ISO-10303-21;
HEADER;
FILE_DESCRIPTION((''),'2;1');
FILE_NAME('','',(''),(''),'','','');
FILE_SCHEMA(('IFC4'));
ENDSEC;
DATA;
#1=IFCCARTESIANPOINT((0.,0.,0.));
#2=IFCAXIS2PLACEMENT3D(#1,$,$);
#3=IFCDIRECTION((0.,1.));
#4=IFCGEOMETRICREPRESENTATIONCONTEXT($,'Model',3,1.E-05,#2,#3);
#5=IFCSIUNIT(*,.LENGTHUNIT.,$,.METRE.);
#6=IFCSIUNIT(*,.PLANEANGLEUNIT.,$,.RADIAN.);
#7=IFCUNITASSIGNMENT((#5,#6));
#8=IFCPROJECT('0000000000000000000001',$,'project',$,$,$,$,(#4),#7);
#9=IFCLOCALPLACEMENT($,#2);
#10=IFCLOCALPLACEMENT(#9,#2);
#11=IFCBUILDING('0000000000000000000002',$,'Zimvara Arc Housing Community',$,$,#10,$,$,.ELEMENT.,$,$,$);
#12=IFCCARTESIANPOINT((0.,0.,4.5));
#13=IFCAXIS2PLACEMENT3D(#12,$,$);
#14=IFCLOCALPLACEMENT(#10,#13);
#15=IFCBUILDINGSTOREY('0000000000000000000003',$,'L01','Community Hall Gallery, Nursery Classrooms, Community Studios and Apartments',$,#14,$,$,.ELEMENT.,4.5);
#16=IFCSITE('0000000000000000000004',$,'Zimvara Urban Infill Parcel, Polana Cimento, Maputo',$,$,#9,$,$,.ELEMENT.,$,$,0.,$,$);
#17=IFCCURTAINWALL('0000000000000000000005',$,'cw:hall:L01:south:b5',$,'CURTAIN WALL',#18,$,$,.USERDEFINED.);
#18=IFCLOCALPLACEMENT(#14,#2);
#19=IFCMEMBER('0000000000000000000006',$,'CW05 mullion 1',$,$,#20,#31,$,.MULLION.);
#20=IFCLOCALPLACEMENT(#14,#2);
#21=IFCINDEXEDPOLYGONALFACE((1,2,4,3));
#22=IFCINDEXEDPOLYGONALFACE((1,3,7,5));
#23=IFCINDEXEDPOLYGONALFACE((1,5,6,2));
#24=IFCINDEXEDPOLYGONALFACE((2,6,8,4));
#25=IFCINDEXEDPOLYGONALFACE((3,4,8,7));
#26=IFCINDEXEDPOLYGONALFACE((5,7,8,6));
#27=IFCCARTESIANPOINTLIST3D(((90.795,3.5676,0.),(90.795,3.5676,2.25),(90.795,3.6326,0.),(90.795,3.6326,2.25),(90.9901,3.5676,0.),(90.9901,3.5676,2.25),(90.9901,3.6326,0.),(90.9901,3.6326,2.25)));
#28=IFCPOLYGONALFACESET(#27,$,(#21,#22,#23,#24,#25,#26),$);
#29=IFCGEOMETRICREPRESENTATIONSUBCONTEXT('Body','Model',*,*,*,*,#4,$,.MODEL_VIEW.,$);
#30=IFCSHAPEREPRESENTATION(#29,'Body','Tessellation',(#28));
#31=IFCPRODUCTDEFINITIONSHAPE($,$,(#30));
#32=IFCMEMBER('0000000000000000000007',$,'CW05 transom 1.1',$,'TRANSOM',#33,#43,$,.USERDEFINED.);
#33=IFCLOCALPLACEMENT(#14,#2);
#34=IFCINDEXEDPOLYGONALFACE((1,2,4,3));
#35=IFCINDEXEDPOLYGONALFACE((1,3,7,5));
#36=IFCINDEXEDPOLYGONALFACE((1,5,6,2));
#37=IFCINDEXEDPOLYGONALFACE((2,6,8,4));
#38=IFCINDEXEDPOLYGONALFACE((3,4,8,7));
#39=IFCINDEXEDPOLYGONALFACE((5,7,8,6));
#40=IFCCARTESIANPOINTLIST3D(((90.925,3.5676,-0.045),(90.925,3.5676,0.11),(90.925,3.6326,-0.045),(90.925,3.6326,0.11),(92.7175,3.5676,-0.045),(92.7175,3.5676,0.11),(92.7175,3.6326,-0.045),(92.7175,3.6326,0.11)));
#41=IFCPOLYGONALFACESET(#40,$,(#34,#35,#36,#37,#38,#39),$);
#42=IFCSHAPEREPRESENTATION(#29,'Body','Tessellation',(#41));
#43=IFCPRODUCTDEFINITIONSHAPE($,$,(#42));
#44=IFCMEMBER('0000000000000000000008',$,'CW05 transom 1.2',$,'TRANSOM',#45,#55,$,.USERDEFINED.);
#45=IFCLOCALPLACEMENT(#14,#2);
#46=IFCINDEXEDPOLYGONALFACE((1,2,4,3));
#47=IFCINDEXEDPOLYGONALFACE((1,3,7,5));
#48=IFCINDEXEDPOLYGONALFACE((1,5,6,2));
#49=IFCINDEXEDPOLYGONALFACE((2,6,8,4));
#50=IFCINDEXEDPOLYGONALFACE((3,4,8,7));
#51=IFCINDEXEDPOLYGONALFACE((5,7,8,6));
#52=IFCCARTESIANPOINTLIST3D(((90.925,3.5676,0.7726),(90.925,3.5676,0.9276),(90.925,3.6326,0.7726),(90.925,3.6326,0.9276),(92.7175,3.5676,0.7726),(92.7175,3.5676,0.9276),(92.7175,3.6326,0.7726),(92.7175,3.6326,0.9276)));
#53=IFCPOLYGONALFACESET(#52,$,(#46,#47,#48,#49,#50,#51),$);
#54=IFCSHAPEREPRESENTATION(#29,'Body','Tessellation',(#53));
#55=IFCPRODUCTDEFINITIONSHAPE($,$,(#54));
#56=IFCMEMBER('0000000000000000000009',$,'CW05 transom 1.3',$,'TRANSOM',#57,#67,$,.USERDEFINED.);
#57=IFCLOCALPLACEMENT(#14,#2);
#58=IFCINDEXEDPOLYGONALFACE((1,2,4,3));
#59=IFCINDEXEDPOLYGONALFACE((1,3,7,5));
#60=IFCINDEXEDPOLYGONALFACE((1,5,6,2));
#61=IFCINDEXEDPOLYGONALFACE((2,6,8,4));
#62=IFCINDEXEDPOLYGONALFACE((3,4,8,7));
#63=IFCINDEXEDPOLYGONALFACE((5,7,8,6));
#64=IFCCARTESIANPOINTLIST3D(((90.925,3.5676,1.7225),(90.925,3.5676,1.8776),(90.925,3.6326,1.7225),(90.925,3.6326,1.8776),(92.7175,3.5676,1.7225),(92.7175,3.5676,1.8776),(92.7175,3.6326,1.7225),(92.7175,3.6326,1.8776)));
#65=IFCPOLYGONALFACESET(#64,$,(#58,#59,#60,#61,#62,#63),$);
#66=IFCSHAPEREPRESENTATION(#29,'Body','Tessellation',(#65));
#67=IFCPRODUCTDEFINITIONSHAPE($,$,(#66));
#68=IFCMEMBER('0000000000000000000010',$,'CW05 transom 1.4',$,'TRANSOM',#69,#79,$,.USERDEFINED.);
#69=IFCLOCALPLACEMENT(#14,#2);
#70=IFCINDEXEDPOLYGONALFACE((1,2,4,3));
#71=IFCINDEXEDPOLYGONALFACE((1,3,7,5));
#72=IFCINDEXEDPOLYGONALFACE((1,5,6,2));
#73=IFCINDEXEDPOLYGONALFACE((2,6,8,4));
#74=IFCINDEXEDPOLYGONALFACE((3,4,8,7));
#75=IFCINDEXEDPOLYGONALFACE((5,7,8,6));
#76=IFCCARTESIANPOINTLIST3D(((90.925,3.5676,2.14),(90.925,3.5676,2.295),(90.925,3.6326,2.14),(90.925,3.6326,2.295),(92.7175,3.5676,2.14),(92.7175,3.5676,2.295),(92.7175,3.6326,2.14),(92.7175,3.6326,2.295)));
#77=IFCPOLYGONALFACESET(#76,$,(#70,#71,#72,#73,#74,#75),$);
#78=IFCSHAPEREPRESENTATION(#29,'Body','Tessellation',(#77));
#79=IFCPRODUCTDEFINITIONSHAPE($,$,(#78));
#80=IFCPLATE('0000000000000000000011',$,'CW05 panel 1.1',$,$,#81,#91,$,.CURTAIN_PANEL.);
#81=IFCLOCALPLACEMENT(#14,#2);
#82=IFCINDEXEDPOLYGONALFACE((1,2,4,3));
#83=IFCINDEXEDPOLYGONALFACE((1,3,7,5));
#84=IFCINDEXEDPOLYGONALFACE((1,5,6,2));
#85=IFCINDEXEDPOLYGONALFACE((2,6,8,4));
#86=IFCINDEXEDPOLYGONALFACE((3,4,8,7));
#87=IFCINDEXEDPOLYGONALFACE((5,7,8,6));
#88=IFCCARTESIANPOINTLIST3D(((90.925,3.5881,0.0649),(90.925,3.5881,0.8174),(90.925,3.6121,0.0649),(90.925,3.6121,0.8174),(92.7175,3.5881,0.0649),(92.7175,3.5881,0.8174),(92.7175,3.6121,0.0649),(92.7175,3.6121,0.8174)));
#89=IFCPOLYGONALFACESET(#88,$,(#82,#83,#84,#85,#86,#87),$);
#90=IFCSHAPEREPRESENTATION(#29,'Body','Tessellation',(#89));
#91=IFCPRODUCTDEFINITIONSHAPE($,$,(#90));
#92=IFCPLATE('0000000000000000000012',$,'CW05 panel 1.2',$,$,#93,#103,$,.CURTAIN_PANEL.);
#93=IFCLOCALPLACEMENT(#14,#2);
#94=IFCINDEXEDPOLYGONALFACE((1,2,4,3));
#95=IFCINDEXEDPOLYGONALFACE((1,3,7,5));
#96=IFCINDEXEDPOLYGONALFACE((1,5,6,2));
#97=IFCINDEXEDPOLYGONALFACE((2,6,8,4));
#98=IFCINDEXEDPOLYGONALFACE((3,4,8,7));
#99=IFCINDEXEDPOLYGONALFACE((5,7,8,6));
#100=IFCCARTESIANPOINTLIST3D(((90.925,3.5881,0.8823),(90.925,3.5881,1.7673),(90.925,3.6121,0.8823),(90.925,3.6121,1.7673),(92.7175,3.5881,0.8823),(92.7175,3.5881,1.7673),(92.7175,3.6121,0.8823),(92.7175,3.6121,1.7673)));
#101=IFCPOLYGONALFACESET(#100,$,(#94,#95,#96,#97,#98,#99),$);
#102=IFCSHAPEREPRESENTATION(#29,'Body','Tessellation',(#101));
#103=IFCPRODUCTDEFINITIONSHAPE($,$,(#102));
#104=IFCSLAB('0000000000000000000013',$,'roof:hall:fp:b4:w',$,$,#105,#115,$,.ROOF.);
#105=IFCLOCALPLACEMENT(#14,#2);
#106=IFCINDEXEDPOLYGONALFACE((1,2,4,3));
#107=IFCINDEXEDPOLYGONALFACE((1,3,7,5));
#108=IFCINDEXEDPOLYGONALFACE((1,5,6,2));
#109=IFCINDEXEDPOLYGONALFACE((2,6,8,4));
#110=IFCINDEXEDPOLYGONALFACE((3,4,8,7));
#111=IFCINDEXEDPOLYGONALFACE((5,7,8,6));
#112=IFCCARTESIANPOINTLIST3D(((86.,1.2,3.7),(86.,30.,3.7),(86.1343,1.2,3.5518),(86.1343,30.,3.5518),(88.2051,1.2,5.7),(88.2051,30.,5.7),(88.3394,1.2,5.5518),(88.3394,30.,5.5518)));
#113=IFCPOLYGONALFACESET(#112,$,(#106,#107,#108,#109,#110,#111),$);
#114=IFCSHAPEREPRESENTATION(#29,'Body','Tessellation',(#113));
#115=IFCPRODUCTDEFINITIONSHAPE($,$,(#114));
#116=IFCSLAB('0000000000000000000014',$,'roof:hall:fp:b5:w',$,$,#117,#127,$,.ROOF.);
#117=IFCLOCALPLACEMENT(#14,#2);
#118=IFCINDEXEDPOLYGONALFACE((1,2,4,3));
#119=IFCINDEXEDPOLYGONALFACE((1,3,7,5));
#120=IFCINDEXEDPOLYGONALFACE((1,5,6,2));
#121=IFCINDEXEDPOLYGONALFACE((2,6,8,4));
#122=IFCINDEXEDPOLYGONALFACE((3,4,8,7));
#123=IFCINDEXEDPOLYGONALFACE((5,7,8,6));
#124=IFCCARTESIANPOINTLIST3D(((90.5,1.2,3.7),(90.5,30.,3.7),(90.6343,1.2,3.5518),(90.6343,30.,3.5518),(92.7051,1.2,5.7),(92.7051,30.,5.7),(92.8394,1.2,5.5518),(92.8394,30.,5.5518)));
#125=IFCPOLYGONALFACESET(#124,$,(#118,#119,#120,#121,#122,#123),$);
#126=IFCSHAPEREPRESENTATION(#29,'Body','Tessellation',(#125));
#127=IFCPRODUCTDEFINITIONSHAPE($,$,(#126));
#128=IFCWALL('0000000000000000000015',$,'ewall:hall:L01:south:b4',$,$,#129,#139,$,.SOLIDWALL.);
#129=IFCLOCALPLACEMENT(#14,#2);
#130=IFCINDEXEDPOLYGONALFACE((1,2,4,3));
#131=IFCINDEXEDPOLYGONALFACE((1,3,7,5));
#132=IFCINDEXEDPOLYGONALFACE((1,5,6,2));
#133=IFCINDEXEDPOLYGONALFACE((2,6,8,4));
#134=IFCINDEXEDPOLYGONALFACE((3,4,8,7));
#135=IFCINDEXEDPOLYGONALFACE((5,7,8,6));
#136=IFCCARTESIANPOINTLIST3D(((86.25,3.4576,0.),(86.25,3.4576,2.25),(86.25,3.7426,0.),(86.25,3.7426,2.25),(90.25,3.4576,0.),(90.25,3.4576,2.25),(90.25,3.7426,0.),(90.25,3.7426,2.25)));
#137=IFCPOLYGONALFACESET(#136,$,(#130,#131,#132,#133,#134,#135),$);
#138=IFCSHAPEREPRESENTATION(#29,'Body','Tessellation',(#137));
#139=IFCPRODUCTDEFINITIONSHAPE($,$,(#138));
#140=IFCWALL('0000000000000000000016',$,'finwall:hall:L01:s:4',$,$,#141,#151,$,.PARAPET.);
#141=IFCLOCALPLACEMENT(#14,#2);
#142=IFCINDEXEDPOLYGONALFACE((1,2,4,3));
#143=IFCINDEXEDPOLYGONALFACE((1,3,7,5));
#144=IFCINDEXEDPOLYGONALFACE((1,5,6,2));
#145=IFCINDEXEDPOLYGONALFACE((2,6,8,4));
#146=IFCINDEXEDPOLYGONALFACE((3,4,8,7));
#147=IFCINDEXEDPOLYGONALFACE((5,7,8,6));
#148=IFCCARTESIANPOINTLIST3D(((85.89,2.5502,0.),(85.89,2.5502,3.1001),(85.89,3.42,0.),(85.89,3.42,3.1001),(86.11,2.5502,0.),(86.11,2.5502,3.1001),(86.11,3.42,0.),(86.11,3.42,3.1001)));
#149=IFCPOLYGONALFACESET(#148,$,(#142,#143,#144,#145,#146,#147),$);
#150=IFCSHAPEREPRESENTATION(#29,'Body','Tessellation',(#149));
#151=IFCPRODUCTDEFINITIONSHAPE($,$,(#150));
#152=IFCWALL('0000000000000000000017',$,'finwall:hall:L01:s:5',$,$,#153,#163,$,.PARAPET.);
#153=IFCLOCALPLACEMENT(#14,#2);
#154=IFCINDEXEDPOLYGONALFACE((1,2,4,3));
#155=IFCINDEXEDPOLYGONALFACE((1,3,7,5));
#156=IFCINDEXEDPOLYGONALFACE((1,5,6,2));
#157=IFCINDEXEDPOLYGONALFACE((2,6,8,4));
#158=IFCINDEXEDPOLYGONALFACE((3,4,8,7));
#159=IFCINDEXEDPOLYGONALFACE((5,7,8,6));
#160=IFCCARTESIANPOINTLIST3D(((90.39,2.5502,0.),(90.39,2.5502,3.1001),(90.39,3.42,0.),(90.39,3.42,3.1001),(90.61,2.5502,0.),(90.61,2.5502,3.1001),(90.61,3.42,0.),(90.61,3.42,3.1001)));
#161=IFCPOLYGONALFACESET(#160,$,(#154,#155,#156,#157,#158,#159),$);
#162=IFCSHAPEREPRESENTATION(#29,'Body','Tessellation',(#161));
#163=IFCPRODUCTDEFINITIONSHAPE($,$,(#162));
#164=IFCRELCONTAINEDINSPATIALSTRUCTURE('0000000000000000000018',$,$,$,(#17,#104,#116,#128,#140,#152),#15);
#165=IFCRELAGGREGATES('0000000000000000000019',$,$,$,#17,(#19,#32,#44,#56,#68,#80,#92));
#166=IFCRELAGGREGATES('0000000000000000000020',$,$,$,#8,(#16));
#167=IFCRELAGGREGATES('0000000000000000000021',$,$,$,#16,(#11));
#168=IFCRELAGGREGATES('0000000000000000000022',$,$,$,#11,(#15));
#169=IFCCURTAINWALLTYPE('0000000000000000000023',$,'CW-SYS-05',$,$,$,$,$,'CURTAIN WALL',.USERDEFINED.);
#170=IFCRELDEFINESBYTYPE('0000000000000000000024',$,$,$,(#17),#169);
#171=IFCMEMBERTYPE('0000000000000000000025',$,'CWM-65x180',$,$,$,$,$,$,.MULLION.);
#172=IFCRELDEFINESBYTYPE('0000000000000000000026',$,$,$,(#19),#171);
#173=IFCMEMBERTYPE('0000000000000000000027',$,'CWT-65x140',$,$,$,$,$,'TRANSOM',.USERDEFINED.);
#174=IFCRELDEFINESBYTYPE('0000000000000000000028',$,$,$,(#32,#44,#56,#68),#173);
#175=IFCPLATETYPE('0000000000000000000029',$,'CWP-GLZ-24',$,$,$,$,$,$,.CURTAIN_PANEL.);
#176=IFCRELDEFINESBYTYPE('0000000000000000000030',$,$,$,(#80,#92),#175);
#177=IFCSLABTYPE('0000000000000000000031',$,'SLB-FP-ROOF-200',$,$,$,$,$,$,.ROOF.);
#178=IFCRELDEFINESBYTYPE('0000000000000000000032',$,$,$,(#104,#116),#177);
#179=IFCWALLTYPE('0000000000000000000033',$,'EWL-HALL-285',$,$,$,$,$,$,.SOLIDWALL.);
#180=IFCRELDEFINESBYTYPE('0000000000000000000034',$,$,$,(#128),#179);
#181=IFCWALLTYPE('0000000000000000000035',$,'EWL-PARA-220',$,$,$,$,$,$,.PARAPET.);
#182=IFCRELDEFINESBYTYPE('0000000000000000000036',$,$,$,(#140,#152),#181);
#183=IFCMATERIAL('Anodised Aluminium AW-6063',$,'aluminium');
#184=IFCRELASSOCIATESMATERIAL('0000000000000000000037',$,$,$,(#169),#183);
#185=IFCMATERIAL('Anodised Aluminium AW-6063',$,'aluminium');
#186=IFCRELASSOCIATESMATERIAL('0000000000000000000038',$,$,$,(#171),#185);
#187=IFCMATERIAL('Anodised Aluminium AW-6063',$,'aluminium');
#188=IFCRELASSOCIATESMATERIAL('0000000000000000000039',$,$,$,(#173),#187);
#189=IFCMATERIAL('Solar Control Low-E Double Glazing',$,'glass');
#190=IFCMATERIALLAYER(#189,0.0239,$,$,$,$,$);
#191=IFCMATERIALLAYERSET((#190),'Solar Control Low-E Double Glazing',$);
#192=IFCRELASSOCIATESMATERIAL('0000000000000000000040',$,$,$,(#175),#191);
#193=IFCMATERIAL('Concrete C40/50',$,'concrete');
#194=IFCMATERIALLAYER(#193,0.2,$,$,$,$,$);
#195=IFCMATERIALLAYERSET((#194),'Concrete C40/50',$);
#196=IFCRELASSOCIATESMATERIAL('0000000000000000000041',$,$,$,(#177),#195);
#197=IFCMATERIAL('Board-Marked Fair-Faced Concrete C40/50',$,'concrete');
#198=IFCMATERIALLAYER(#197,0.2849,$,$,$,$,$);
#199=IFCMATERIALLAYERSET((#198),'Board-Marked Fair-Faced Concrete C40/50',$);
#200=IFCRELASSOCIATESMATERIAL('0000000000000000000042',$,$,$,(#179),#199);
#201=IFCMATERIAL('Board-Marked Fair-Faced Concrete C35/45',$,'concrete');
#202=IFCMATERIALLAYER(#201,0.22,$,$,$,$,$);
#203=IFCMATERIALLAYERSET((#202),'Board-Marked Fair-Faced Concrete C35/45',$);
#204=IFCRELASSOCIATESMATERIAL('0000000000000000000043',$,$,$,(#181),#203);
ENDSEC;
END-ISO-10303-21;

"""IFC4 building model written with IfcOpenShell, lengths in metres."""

from ifc_helpers import new_model, si_unit, direction, frame, frame_2d, origin, origin_2d, place, context, subcontext, project, spatial, polyline, rectangle, outline, extrude, material, layer, layer_set, material_profile, profile_set, type_object, element, aggregate, save


model = new_model("IFC4")

# Units and contexts
model_context = context("Model", 3, precision=1e-05, world=origin(), true_north=direction((0.0, 1.0)))
body_context = subcontext(model_context, "Body", "Model", "MODEL_VIEW")
ifc_project = project(units=[si_unit("LENGTHUNIT", "METRE"), si_unit("PLANEANGLEUNIT", "RADIAN")], contexts=[model_context])

# Site, building, storey
site_placement = place(None, origin())
site = spatial("IfcSite", under=ifc_project, at=site_placement, Name="Zimvara Urban Infill Parcel, Polana Cimento, Maputo", CompositionType="ELEMENT", RefElevation=0.0)
building_placement = place(site_placement, origin())
building = spatial("IfcBuilding", under=site, at=building_placement, Name="Zimvara Arc Housing Community", CompositionType="ELEMENT")
storey_placement = place(building_placement, frame((0.0, 0.0, 4.5)))
storey = spatial("IfcBuildingStorey", under=building, at=storey_placement, Name="L01", Description="Community Hall Gallery, Nursery Classrooms, Community Studios and Apartments", CompositionType="ELEMENT", Elevation=4.5)

# Curtain wall, members, plates
ifc_material_1 = material(Name="Anodised Aluminium AW-6063", Category="aluminium")
curtain_wall_type_1 = type_object("IfcCurtainWallType", Name="CW-SYS-05", ElementType="CURTAIN WALL", PredefinedType="USERDEFINED", material=ifc_material_1)
curtain_wall_1_placement = place(storey_placement, origin())
curtain_wall_1 = element("IfcCurtainWall", 1, at=curtain_wall_1_placement, inside=storey, type_object=curtain_wall_type_1, Name="cw:hall:L01:south:b5", ObjectType="CURTAIN WALL", PredefinedType="USERDEFINED")
ifc_material_2 = material(Name="Anodised Aluminium AW-6063", Category="aluminium")
ifc_material_profile_1 = material_profile(ifc_material_2, rectangle(XDim=0.0649, YDim=0.1951, at=origin_2d()), Name="ALU 65x195")
ifc_profile_set_1 = profile_set([ifc_material_profile_1], Name="Anodised Aluminium AW-6063")
member_type_1 = type_object("IfcMemberType", Name="CWM-65x180", PredefinedType="MULLION", material=ifc_profile_set_1)
member_1_placement = place(storey_placement, frame((90.8926, 3.6001, 0.0), z_axis=(0.0, 0.0, 1.0), x_axis=(0.0, 1.0, 0.0)))
member_1 = element("IfcMember", 2, at=member_1_placement, type_object=member_type_1, Name="CW05 mullion 1", PredefinedType="MULLION", context=body_context, shape_type="SweptSolid", body=[
    extrude(rectangle(XDim=0.0649, YDim=0.1951, at=origin_2d()), origin(), (0.0, 0.0, 1.0), 2.25),
])
ifc_material_3 = material(Name="Anodised Aluminium AW-6063", Category="aluminium")
ifc_material_profile_2 = material_profile(ifc_material_3, rectangle(XDim=0.0649, YDim=0.155, at=origin_2d()), Name="ALU 65x155")
ifc_profile_set_2 = profile_set([ifc_material_profile_2], Name="Anodised Aluminium AW-6063")
member_type_2 = type_object("IfcMemberType", Name="CWT-65x140", ElementType="TRANSOM", PredefinedType="USERDEFINED", material=ifc_profile_set_2)
member_2_placement = place(storey_placement, frame((90.925, 3.6001, 0.0325), z_axis=(1.0, 0.0, 0.0), x_axis=(0.0, 1.0, 0.0)))
member_2 = element("IfcMember", 3, at=member_2_placement, type_object=member_type_2, Name="CW05 transom 1.1", ObjectType="TRANSOM", PredefinedType="USERDEFINED", context=body_context, shape_type="SweptSolid", body=[
    extrude(rectangle(XDim=0.0649, YDim=0.155, at=origin_2d()), origin(), (0.0, 0.0, 1.0), 1.7925),
])
member_3_placement = place(storey_placement, frame((90.925, 3.6001, 0.8501), z_axis=(1.0, 0.0, 0.0), x_axis=(0.0, 1.0, 0.0)))
member_3 = element("IfcMember", 4, at=member_3_placement, type_object=member_type_2, Name="CW05 transom 1.2", ObjectType="TRANSOM", PredefinedType="USERDEFINED", context=body_context, shape_type="SweptSolid", body=[
    extrude(rectangle(XDim=0.0649, YDim=0.155, at=origin_2d()), origin(), (0.0, 0.0, 1.0), 1.7925),
])
member_4_placement = place(storey_placement, frame((90.925, 3.6001, 1.8), z_axis=(1.0, 0.0, 0.0), x_axis=(0.0, 1.0, 0.0)))
member_4 = element("IfcMember", 5, at=member_4_placement, type_object=member_type_2, Name="CW05 transom 1.3", ObjectType="TRANSOM", PredefinedType="USERDEFINED", context=body_context, shape_type="SweptSolid", body=[
    extrude(rectangle(XDim=0.0649, YDim=0.155, at=origin_2d()), origin(), (0.0, 0.0, 1.0), 1.7925),
])
member_5_placement = place(storey_placement, frame((90.925, 3.6001, 2.2175), z_axis=(1.0, 0.0, 0.0), x_axis=(0.0, 1.0, 0.0)))
member_5 = element("IfcMember", 6, at=member_5_placement, type_object=member_type_2, Name="CW05 transom 1.4", ObjectType="TRANSOM", PredefinedType="USERDEFINED", context=body_context, shape_type="SweptSolid", body=[
    extrude(rectangle(XDim=0.0649, YDim=0.155, at=origin_2d()), origin(), (0.0, 0.0, 1.0), 1.7925),
])
ifc_material_4 = material(Name="Solar Control Low-E Double Glazing", Category="glass")
ifc_layer_1 = layer(ifc_material_4, 0.0239)
ifc_layer_set_1 = layer_set([ifc_layer_1], Name="Solar Control Low-E Double Glazing")
plate_type = type_object("IfcPlateType", Name="CWP-GLZ-24", PredefinedType="CURTAIN_PANEL", material=ifc_layer_set_1)
plate_1_placement = place(storey_placement, frame((91.8213, 3.6001, 0.0649), z_axis=(0.0, 0.0, 1.0), x_axis=(1.0, 0.0, 0.0)))
plate_1 = element("IfcPlate", 7, at=plate_1_placement, type_object=plate_type, Name="CW05 panel 1.1", PredefinedType="CURTAIN_PANEL", context=body_context, shape_type="SweptSolid", body=[
    extrude(rectangle(XDim=1.7925, YDim=0.0239, at=origin_2d()), origin(), (0.0, 0.0, 1.0), 0.7524),
])
plate_2_placement = place(storey_placement, frame((91.8213, 3.6001, 0.8823), z_axis=(0.0, 0.0, 1.0), x_axis=(1.0, 0.0, 0.0)))
plate_2 = element("IfcPlate", 8, at=plate_2_placement, type_object=plate_type, Name="CW05 panel 1.2", PredefinedType="CURTAIN_PANEL", context=body_context, shape_type="SweptSolid", body=[
    extrude(rectangle(XDim=1.7925, YDim=0.0239, at=origin_2d()), origin(), (0.0, 0.0, 1.0), 0.885),
])
aggregate(curtain_wall_1, [member_1, member_2, member_3, member_4, member_5, plate_1, plate_2])

# Slabs
ifc_material_5 = material(Name="Concrete C40/50", Category="concrete")
ifc_layer_2 = layer(ifc_material_5, 0.2)
ifc_layer_set_2 = layer_set([ifc_layer_2], Name="Concrete C40/50")
slab_type = type_object("IfcSlabType", Name="SLB-FP-ROOF-200", PredefinedType="ROOF", material=ifc_layer_set_2)
for number, where, z_axis, x_axis, name in (
    (9, (86.0, 1.2, 3.7), (-0.671823, 0.0, 0.740711), (0.740711, 0.0, 0.671823), "roof:hall:fp:b4:w"),
    (10, (90.5, 1.2, 3.7), (-0.671823, 0.0, 0.740711), (0.740711, 0.0, 0.671823), "roof:hall:fp:b5:w"),
):
    element("IfcSlab", number, at=place(storey_placement, frame(where, z_axis=z_axis, x_axis=x_axis)), inside=storey, type_object=slab_type, Name=name, PredefinedType="ROOF", context=body_context, shape_type="SweptSolid", body=[
        extrude(outline(polyline([(0.0, 0.0), (2.977, 0.0), (2.977, 28.8), (0.0, 28.8), (0.0, 0.0)])), origin(), (0.0, 0.0, -1.0), 0.2),
    ])

# Walls
ifc_material_6 = material(Name="Board-Marked Fair-Faced Concrete C40/50", Category="concrete")
ifc_layer_3 = layer(ifc_material_6, 0.2849)
ifc_layer_set_3 = layer_set([ifc_layer_3], Name="Board-Marked Fair-Faced Concrete C40/50")
wall_type_1 = type_object("IfcWallType", Name="EWL-HALL-285", PredefinedType="SOLIDWALL", material=ifc_layer_set_3)
wall_placement = place(storey_placement, frame((86.25, 3.6001, 0.0), z_axis=(0.0, 0.0, 1.0), x_axis=(1.0, 0.0, 0.0)))
element("IfcWall", 11, at=wall_placement, inside=storey, type_object=wall_type_1, Name="ewall:hall:L01:south:b4", PredefinedType="SOLIDWALL", context=body_context, shape_type="SweptSolid", body=[
    extrude(rectangle(XDim=4.0, YDim=0.2849, at=frame_2d((2.0, 0.0))), origin(), (0.0, 0.0, 1.0), 2.25),
])
ifc_material_7 = material(Name="Board-Marked Fair-Faced Concrete C35/45", Category="concrete")
ifc_layer_4 = layer(ifc_material_7, 0.22)
ifc_layer_set_4 = layer_set([ifc_layer_4], Name="Board-Marked Fair-Faced Concrete C35/45")
wall_type_2 = type_object("IfcWallType", Name="EWL-PARA-220", PredefinedType="PARAPET", material=ifc_layer_set_4)
for number, where, z_axis, x_axis, name in (
    (12, (86.0, 2.55, 0.0), (0.0, 0.0, 1.0), (0.0, 1.0, 0.0), "finwall:hall:L01:s:4"),
    (13, (90.5, 2.55, 0.0), (0.0, 0.0, 1.0), (0.0, 1.0, 0.0), "finwall:hall:L01:s:5"),
):
    element("IfcWall", number, at=place(storey_placement, frame(where, z_axis=z_axis, x_axis=x_axis)), inside=storey, type_object=wall_type_2, Name=name, PredefinedType="PARAPET", context=body_context, shape_type="SweptSolid", body=[
        extrude(rectangle(XDim=0.8699, YDim=0.22, at=frame_2d((0.4351, 0.0))), origin(), (0.0, 0.0, 1.0), 3.1001),
    ])

save(model, "model.ifc")
